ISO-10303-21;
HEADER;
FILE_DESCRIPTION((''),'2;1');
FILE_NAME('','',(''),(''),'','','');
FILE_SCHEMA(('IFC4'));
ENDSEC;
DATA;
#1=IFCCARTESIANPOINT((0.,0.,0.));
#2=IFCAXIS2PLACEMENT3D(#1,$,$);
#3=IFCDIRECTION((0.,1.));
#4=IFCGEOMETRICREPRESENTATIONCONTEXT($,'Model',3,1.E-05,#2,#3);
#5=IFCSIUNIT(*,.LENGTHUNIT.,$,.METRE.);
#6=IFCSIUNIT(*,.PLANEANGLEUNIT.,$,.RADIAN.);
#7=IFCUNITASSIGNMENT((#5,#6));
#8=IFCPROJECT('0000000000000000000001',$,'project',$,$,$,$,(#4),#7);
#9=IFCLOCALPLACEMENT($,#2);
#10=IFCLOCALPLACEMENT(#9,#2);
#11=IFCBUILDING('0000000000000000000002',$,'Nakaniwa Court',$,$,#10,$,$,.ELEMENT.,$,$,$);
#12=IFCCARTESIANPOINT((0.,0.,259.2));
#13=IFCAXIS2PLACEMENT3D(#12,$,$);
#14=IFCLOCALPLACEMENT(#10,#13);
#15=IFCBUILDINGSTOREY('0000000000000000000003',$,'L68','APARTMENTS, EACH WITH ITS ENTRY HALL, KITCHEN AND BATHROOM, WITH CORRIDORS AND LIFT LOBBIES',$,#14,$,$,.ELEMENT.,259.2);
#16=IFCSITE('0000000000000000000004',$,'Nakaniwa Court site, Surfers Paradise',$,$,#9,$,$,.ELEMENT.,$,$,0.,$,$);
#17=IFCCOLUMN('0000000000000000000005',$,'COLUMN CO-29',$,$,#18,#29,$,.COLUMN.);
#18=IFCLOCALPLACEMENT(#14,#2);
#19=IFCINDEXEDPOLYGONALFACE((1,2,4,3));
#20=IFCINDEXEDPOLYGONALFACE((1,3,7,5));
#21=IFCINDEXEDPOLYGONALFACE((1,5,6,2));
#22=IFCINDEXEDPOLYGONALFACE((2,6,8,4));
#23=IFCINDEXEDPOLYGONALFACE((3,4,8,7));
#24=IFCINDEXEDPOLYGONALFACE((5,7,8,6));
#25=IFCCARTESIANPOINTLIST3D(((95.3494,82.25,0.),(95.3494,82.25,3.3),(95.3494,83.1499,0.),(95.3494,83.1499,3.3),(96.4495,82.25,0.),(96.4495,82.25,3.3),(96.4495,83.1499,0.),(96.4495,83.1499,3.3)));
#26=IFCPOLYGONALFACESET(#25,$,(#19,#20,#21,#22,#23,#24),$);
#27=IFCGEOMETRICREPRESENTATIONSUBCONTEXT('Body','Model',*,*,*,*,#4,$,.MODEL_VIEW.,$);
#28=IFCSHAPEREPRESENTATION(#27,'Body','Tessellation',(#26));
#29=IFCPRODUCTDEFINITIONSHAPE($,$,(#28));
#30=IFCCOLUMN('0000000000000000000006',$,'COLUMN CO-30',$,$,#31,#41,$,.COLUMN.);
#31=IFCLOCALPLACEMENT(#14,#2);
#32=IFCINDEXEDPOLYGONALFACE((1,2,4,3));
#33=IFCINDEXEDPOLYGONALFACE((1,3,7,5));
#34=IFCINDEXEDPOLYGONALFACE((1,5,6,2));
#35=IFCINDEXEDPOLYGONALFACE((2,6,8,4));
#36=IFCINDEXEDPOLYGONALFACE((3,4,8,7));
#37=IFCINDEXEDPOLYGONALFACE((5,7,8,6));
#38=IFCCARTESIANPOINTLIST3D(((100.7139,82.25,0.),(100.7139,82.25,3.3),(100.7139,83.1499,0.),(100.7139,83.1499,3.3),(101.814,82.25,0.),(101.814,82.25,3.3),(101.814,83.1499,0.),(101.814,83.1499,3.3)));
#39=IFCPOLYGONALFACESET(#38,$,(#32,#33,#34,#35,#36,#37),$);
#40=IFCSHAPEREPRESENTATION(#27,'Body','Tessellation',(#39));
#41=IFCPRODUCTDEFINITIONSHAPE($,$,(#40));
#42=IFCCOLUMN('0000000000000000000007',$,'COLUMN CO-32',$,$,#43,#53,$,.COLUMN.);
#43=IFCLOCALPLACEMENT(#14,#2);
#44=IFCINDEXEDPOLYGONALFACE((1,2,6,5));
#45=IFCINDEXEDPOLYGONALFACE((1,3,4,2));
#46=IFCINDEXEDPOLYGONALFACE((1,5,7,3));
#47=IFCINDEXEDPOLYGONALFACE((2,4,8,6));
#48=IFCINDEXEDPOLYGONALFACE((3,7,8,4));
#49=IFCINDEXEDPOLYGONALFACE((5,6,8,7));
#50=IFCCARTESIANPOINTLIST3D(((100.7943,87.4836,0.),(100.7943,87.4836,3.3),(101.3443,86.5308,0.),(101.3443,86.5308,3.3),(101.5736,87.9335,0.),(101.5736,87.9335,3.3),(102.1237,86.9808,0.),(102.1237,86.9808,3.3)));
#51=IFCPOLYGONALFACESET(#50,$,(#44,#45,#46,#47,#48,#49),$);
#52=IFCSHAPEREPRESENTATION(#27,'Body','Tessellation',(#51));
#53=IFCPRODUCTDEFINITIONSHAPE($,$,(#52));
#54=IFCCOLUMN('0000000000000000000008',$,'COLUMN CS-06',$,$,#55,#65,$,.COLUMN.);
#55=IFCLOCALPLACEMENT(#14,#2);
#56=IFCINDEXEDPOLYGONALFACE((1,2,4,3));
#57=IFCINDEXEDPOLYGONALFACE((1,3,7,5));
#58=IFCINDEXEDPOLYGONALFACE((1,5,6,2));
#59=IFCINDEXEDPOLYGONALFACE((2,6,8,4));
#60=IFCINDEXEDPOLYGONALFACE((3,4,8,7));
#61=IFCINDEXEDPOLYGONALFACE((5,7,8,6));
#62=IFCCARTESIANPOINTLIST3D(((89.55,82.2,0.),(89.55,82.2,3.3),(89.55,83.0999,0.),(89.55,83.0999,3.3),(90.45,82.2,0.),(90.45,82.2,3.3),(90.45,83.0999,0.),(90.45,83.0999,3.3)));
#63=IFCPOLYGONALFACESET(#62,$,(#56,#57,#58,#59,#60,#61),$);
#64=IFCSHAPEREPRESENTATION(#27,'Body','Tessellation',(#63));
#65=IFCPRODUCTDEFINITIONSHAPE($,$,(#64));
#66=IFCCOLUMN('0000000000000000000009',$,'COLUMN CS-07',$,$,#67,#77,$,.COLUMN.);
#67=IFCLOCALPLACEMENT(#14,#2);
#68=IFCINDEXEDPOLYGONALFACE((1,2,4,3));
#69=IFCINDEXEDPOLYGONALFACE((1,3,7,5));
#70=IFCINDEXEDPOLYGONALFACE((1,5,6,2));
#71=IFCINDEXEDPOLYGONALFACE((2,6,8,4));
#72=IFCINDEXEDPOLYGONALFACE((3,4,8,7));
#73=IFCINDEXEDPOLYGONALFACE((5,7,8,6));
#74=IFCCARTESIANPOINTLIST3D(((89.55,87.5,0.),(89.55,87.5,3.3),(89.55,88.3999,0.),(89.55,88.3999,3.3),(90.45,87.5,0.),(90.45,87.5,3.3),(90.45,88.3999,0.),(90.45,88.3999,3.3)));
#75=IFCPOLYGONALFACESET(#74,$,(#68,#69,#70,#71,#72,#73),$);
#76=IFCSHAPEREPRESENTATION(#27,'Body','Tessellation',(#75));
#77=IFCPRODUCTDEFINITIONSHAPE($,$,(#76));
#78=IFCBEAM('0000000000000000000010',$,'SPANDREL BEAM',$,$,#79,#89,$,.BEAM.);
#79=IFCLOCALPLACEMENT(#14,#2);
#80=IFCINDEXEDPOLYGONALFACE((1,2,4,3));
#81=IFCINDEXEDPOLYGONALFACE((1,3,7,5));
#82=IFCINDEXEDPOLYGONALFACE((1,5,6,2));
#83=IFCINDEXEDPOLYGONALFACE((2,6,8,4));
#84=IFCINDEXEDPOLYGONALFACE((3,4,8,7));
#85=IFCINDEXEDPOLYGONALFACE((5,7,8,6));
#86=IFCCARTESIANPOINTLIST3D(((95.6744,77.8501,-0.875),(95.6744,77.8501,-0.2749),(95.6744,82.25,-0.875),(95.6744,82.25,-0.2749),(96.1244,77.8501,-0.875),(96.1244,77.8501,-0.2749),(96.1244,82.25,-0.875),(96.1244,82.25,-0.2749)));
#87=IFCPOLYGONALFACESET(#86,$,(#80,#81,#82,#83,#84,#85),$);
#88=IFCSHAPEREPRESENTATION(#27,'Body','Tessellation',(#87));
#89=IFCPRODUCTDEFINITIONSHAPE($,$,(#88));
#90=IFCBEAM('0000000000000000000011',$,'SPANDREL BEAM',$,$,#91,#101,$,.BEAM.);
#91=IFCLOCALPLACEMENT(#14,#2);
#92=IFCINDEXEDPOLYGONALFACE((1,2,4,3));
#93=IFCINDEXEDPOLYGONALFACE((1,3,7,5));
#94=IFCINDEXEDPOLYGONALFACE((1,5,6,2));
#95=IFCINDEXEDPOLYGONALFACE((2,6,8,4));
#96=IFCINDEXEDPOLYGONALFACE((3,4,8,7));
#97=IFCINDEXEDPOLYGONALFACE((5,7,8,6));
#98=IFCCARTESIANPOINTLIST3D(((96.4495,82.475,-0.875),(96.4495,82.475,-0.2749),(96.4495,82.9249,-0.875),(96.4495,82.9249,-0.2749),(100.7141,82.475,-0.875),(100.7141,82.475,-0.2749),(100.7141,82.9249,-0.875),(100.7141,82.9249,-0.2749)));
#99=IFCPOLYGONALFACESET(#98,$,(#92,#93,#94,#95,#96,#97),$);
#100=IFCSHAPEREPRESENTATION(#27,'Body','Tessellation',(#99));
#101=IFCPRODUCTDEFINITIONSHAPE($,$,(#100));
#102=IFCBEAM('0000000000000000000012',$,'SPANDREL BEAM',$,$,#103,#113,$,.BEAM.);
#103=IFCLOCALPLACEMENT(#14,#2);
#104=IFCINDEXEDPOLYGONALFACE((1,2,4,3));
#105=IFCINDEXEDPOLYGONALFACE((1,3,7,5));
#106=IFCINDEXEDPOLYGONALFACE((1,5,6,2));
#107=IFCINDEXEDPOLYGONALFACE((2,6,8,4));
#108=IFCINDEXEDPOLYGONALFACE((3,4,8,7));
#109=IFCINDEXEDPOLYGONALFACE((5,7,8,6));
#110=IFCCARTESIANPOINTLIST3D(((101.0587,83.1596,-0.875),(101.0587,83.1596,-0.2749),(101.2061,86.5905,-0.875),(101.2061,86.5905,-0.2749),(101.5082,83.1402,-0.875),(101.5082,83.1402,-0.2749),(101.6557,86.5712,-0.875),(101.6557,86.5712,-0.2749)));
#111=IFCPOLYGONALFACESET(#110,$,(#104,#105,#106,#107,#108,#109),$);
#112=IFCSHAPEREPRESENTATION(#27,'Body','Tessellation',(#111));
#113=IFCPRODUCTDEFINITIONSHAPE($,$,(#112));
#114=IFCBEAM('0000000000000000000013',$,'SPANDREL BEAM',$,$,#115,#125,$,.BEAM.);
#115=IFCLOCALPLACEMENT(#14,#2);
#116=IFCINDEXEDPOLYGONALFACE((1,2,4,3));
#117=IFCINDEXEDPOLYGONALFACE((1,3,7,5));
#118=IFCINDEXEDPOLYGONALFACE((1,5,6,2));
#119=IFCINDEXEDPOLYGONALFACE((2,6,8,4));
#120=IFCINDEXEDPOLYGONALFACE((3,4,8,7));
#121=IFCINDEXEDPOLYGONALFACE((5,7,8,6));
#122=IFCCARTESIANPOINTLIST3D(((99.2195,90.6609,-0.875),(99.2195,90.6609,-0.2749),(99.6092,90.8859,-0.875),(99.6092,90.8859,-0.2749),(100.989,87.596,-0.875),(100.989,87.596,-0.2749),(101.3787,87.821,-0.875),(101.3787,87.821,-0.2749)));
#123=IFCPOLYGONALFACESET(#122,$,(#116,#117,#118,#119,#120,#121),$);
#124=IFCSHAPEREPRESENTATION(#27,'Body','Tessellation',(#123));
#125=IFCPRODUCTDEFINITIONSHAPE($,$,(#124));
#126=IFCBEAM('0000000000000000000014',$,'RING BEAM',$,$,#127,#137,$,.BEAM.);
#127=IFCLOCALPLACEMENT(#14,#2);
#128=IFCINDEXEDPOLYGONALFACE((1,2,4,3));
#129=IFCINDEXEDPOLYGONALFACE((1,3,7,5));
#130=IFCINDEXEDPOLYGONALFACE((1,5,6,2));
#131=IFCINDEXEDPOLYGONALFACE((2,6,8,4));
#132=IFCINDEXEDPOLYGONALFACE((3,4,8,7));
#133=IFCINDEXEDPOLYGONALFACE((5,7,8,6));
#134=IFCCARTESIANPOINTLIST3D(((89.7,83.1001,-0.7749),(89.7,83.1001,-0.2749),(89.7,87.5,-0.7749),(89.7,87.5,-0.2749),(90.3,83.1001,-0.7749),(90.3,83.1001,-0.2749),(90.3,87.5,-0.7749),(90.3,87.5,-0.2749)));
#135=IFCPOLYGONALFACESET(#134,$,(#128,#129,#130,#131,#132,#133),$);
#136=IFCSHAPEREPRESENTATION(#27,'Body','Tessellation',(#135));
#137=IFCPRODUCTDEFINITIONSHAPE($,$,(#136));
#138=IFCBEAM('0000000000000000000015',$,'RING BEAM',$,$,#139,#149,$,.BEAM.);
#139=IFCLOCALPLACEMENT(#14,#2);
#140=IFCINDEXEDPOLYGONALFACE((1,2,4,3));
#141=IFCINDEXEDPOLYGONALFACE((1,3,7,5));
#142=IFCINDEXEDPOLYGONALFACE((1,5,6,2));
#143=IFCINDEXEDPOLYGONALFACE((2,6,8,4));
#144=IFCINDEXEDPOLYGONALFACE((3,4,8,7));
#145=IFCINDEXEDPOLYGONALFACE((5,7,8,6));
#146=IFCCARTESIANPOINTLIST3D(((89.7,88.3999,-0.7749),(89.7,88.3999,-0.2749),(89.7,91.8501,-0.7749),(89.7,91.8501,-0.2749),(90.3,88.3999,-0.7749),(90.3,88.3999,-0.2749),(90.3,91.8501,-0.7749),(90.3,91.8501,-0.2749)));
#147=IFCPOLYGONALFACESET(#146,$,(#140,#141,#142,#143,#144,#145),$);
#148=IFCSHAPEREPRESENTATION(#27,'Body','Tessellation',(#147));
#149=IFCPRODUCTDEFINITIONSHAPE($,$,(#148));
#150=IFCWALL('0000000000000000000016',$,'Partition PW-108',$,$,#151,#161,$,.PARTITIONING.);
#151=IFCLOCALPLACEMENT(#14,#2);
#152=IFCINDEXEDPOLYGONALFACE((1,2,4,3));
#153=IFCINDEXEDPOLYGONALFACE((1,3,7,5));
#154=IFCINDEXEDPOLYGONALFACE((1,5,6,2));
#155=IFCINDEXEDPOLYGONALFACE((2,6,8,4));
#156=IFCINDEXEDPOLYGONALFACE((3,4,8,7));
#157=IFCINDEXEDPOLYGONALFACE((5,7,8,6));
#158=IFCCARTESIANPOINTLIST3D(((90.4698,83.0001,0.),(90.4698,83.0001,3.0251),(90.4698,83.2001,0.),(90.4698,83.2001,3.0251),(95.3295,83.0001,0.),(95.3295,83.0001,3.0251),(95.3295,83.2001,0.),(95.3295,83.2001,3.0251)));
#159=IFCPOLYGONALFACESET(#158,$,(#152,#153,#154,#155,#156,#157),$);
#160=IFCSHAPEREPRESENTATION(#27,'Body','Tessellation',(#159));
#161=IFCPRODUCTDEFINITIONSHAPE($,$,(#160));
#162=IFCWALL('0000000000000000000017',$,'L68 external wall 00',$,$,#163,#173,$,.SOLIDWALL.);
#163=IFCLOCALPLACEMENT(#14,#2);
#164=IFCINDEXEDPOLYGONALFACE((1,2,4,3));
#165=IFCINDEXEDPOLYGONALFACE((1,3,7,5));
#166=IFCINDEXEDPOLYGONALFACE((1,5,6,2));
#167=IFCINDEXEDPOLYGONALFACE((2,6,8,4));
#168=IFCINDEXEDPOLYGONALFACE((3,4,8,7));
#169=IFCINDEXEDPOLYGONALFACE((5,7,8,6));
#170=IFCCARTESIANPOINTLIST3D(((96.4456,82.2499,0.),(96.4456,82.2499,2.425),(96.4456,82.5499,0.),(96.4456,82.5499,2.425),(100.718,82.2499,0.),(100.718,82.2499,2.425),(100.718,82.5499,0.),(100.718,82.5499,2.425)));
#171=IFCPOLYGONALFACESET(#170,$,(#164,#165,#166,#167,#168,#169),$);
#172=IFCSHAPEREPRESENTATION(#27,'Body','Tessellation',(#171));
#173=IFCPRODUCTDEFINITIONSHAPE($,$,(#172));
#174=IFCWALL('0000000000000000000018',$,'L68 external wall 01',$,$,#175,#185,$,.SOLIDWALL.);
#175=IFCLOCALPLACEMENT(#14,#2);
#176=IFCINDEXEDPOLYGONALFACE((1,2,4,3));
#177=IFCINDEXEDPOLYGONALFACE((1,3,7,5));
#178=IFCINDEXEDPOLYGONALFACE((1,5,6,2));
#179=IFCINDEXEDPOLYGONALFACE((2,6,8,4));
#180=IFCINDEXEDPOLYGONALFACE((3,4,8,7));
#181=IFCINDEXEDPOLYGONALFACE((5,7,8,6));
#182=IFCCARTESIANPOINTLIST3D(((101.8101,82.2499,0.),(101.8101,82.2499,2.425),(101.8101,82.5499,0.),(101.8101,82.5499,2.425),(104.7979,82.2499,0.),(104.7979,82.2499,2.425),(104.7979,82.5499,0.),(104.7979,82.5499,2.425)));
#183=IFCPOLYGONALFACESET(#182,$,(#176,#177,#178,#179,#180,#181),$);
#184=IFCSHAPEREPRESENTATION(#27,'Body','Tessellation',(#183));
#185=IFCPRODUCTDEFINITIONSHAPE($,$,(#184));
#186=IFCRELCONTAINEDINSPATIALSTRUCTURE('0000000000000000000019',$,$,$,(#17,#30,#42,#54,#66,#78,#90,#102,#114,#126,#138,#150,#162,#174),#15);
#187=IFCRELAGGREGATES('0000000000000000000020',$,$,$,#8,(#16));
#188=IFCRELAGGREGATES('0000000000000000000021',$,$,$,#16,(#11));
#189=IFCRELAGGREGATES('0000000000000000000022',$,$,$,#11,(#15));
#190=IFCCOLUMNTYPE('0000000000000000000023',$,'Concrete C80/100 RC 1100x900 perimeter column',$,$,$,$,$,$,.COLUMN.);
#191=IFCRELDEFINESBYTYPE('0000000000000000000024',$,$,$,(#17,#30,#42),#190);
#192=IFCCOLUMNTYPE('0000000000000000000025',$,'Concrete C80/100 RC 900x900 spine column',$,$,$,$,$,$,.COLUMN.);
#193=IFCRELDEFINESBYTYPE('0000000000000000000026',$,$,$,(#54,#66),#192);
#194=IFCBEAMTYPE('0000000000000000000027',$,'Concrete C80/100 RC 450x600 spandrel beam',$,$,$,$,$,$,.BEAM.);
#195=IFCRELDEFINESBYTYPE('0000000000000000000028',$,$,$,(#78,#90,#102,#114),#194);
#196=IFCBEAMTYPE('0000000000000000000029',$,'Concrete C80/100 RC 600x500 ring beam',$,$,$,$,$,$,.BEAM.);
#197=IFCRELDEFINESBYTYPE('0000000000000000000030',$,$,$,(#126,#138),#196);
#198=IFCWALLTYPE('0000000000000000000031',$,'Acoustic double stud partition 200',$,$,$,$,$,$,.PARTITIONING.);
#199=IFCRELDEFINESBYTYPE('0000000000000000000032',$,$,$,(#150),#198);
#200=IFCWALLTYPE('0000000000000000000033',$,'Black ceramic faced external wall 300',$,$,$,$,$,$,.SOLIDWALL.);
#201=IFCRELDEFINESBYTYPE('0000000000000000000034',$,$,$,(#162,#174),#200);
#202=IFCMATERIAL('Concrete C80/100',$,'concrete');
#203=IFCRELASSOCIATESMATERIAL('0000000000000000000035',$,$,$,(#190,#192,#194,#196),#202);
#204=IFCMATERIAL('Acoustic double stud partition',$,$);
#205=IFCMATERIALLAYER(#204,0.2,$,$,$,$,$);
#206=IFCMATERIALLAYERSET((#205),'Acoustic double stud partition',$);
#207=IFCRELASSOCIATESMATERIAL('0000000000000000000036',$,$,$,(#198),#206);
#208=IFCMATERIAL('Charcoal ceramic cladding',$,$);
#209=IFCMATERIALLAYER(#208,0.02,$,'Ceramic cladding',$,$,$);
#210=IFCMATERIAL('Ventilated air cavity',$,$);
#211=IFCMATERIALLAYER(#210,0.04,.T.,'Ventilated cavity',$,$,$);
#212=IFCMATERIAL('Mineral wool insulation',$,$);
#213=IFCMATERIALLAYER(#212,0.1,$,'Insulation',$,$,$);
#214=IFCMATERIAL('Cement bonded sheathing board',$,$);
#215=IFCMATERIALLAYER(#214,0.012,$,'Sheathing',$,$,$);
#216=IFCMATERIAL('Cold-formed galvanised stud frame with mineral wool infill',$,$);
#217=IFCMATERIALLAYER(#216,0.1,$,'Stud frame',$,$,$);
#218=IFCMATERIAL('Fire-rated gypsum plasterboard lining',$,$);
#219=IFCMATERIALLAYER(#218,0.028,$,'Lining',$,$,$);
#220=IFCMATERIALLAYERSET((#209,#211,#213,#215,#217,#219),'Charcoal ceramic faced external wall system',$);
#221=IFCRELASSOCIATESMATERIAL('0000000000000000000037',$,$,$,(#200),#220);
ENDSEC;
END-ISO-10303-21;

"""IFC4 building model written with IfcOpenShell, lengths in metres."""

from ifc_helpers import new_model, si_unit, direction, frame, frame_2d, origin, origin_2d, place, context, subcontext, project, spatial, rectangle, extrude, material, layer, layer_set, material_profile, profile_set, type_object, element, save


model = new_model("IFC4")

# Units and contexts
model_context = context("Model", 3, precision=1e-05, world=origin(), true_north=direction((0.0, 1.0)))
body_context = subcontext(model_context, "Body", "Model", "MODEL_VIEW")
ifc_project = project(units=[si_unit("LENGTHUNIT", "METRE"), si_unit("PLANEANGLEUNIT", "RADIAN")], contexts=[model_context])

# Site, building, storey
site_placement = place(None, origin())
site = spatial("IfcSite", under=ifc_project, at=site_placement, Name="Nakaniwa Court site, Surfers Paradise", CompositionType="ELEMENT", RefElevation=0.0)
building_placement = place(site_placement, origin())
building = spatial("IfcBuilding", under=site, at=building_placement, Name="Nakaniwa Court", CompositionType="ELEMENT")
storey_placement = place(building_placement, frame((0.0, 0.0, 259.2)))
storey = spatial("IfcBuildingStorey", under=building, at=storey_placement, Name="L68", Description="APARTMENTS, EACH WITH ITS ENTRY HALL, KITCHEN AND BATHROOM, WITH CORRIDORS AND LIFT LOBBIES", CompositionType="ELEMENT", Elevation=259.2)

# Columns
ifc_material_1 = material(Name="Concrete C80/100", Category="concrete")
ifc_material_profile_1 = material_profile(ifc_material_1, rectangle(XDim=1.1001, YDim=0.8999, at=origin_2d()), Name="Concrete C80/100 RC 1100x900 perimeter column")
ifc_profile_set_1 = profile_set([ifc_material_profile_1], Name="Concrete C80/100")
column_type_1 = type_object("IfcColumnType", Name="Concrete C80/100 RC 1100x900 perimeter column", PredefinedType="COLUMN", material=ifc_profile_set_1)
for number, where, z_axis, x_axis, name in (
    (1, (95.8994, 82.7, 0.0), (0.0, 0.0, 1.0), (1.0, 0.0, 0.0), "COLUMN CO-29"),
    (2, (101.2639, 82.7, 0.0), (0.0, 0.0, 1.0), (1.0, 0.0, 0.0), "COLUMN CO-30"),
    (3, (101.459, 87.2322, 0.0), (0.0, 0.0, 1.0), (-0.5, 0.866025, 0.0), "COLUMN CO-32"),
):
    element("IfcColumn", number, at=place(storey_placement, frame(where, z_axis=z_axis, x_axis=x_axis)), inside=storey, type_object=column_type_1, Name=name, PredefinedType="COLUMN", context=body_context, shape_type="SweptSolid", body=[
        extrude(rectangle(XDim=1.1001, YDim=0.8999, at=origin_2d()), origin(), (0.0, 0.0, 1.0), 3.3),
    ])
ifc_material_profile_2 = material_profile(ifc_material_1, rectangle(XDim=0.8999, YDim=0.8999, at=origin_2d()), Name="Concrete C80/100 RC 900x900 spine column")
ifc_profile_set_2 = profile_set([ifc_material_profile_2], Name="Concrete C80/100")
column_type_2 = type_object("IfcColumnType", Name="Concrete C80/100 RC 900x900 spine column", PredefinedType="COLUMN", material=ifc_profile_set_2)
for number, where, z_axis, x_axis, name in (
    (4, (90.0, 82.6499, 0.0), (0.0, 0.0, 1.0), (0.0, 1.0, 0.0), "COLUMN CS-06"),
    (5, (90.0, 87.95, 0.0), (0.0, 0.0, 1.0), (0.0, 1.0, 0.0), "COLUMN CS-07"),
):
    element("IfcColumn", number, at=place(storey_placement, frame(where, z_axis=z_axis, x_axis=x_axis)), inside=storey, type_object=column_type_2, Name=name, PredefinedType="COLUMN", context=body_context, shape_type="SweptSolid", body=[
        extrude(rectangle(XDim=0.8999, YDim=0.8999, at=origin_2d()), origin(), (0.0, 0.0, 1.0), 3.3),
    ])

# Beams
ifc_material_profile_3 = material_profile(ifc_material_1, rectangle(XDim=0.45, YDim=0.6001, at=origin_2d()), Name="Concrete C80/100 RC 450x600 spandrel beam")
ifc_profile_set_3 = profile_set([ifc_material_profile_3], Name="Concrete C80/100")
beam_type_1 = type_object("IfcBeamType", Name="Concrete C80/100 RC 450x600 spandrel beam", PredefinedType="BEAM", material=ifc_profile_set_3)
beam_1_placement = place(storey_placement, frame((95.8994, 77.8501, -0.575), z_axis=(0.0, 1.0, 0.0), x_axis=(-1.0, 0.0, 0.0)))
element("IfcBeam", 6, at=beam_1_placement, inside=storey, type_object=beam_type_1, Name="SPANDREL BEAM", PredefinedType="BEAM", context=body_context, shape_type="SweptSolid", body=[
    extrude(rectangle(XDim=0.45, YDim=0.6001, at=origin_2d()), origin(), (0.0, 0.0, 1.0), 4.3999),
])
beam_2_placement = place(storey_placement, frame((96.4495, 82.7, -0.575), z_axis=(1.0, 0.0, 0.0), x_axis=(0.0, 1.0, 0.0)))
element("IfcBeam", 7, at=beam_2_placement, inside=storey, type_object=beam_type_1, Name="SPANDREL BEAM", PredefinedType="BEAM", context=body_context, shape_type="SweptSolid", body=[
    extrude(rectangle(XDim=0.45, YDim=0.6001, at=origin_2d()), origin(), (0.0, 0.0, 1.0), 4.2646),
])
beam_3_placement = place(storey_placement, frame((101.2834, 83.1499, -0.575), z_axis=(0.042941, 0.999078, 0.0), x_axis=(-0.999078, 0.042941, 0.0)))
element("IfcBeam", 8, at=beam_3_placement, inside=storey, type_object=beam_type_1, Name="SPANDREL BEAM", PredefinedType="BEAM", context=body_context, shape_type="SweptSolid", body=[
    extrude(rectangle(XDim=0.45, YDim=0.6001, at=origin_2d()), origin(), (0.0, 0.0, 1.0), 3.4341),
])
beam_4_placement = place(storey_placement, frame((101.1838, 87.7085, -0.575), z_axis=(-0.499997, 0.866027, 0.0), x_axis=(-0.866027, -0.499997, 0.0)))
element("IfcBeam", 9, at=beam_4_placement, inside=storey, type_object=beam_type_1, Name="SPANDREL BEAM", PredefinedType="BEAM", context=body_context, shape_type="SweptSolid", body=[
    extrude(rectangle(XDim=0.45, YDim=0.6001, at=origin_2d()), origin(), (0.0, 0.0, 1.0), 3.5391),
])
ifc_material_profile_4 = material_profile(ifc_material_1, rectangle(XDim=0.6001, YDim=0.5, at=origin_2d()), Name="Concrete C80/100 RC 600x500 ring beam")
ifc_profile_set_4 = profile_set([ifc_material_profile_4], Name="Concrete C80/100")
beam_type_2 = type_object("IfcBeamType", Name="Concrete C80/100 RC 600x500 ring beam", PredefinedType="BEAM", material=ifc_profile_set_4)
beam_5_placement = place(storey_placement, frame((90.0, 83.1001, -0.5249), z_axis=(0.0, 1.0, 0.0), x_axis=(-1.0, 0.0, 0.0)))
element("IfcBeam", 10, at=beam_5_placement, inside=storey, type_object=beam_type_2, Name="RING BEAM", PredefinedType="BEAM", context=body_context, shape_type="SweptSolid", body=[
    extrude(rectangle(XDim=0.6001, YDim=0.5, at=origin_2d()), origin(), (0.0, 0.0, 1.0), 4.3999),
])
beam_6_placement = place(storey_placement, frame((90.0, 88.3999, -0.5249), z_axis=(0.0, 1.0, 0.0), x_axis=(-1.0, 0.0, 0.0)))
element("IfcBeam", 11, at=beam_6_placement, inside=storey, type_object=beam_type_2, Name="RING BEAM", PredefinedType="BEAM", context=body_context, shape_type="SweptSolid", body=[
    extrude(rectangle(XDim=0.6001, YDim=0.5, at=origin_2d()), origin(), (0.0, 0.0, 1.0), 3.4502),
])

# Walls
ifc_material_2 = material(Name="Acoustic double stud partition")
ifc_layer_1 = layer(ifc_material_2, 0.2)
ifc_layer_set_1 = layer_set([ifc_layer_1], Name="Acoustic double stud partition")
wall_type_1 = type_object("IfcWallType", Name="Acoustic double stud partition 200", PredefinedType="PARTITIONING", material=ifc_layer_set_1)
wall_1_placement = place(storey_placement, frame((90.47, 83.1001, 0.0), z_axis=(0.0, 0.0, 1.0), x_axis=(1.0, 0.0, 0.0)))
element("IfcWall", 12, at=wall_1_placement, inside=storey, type_object=wall_type_1, Name="Partition PW-108", PredefinedType="PARTITIONING", context=body_context, shape_type="SweptSolid", body=[
    extrude(rectangle(XDim=4.8596, YDim=0.2, at=frame_2d((2.4297, 0.0))), origin(), (0.0, 0.0, 1.0), 3.0251),
])
ifc_material_3 = material(Name="Charcoal ceramic cladding")
ifc_layer_2 = layer(ifc_material_3, 0.02, Name="Ceramic cladding")
ifc_material_4 = material(Name="Ventilated air cavity")
ifc_layer_3 = layer(ifc_material_4, 0.04, ventilated=True, Name="Ventilated cavity")
ifc_material_5 = material(Name="Mineral wool insulation")
ifc_layer_4 = layer(ifc_material_5, 0.1, Name="Insulation")
ifc_material_6 = material(Name="Cement bonded sheathing board")
ifc_layer_5 = layer(ifc_material_6, 0.012, Name="Sheathing")
ifc_material_7 = material(Name="Cold-formed galvanised stud frame with mineral wool infill")
ifc_layer_6 = layer(ifc_material_7, 0.1, Name="Stud frame")
ifc_material_8 = material(Name="Fire-rated gypsum plasterboard lining")
ifc_layer_7 = layer(ifc_material_8, 0.028, Name="Lining")
ifc_layer_set_2 = layer_set([ifc_layer_2, ifc_layer_3, ifc_layer_4, ifc_layer_5, ifc_layer_6, ifc_layer_7], Name="Charcoal ceramic faced external wall system")
wall_type_2 = type_object("IfcWallType", Name="Black ceramic faced external wall 300", PredefinedType="SOLIDWALL", material=ifc_layer_set_2)
wall_2_placement = place(storey_placement, frame((96.4456, 82.3999, 0.0), z_axis=(0.0, 0.0, 1.0), x_axis=(1.0, 0.0, 0.0)))
element("IfcWall", 13, at=wall_2_placement, inside=storey, type_object=wall_type_2, Name="L68 external wall 00", PredefinedType="SOLIDWALL", context=body_context, shape_type="SweptSolid", body=[
    extrude(rectangle(XDim=4.2725, YDim=0.3, at=frame_2d((2.1362, 0.0))), origin(), (0.0, 0.0, 1.0), 2.425),
])
wall_3_placement = place(storey_placement, frame((101.8101, 82.3999, 0.0), z_axis=(0.0, 0.0, 1.0), x_axis=(1.0, 0.0, 0.0)))
element("IfcWall", 14, at=wall_3_placement, inside=storey, type_object=wall_type_2, Name="L68 external wall 01", PredefinedType="SOLIDWALL", context=body_context, shape_type="SweptSolid", body=[
    extrude(rectangle(XDim=2.9878, YDim=0.3, at=frame_2d((1.4939, 0.0))), origin(), (0.0, 0.0, 1.0), 2.425),
])

save(model, "model.ifc")
